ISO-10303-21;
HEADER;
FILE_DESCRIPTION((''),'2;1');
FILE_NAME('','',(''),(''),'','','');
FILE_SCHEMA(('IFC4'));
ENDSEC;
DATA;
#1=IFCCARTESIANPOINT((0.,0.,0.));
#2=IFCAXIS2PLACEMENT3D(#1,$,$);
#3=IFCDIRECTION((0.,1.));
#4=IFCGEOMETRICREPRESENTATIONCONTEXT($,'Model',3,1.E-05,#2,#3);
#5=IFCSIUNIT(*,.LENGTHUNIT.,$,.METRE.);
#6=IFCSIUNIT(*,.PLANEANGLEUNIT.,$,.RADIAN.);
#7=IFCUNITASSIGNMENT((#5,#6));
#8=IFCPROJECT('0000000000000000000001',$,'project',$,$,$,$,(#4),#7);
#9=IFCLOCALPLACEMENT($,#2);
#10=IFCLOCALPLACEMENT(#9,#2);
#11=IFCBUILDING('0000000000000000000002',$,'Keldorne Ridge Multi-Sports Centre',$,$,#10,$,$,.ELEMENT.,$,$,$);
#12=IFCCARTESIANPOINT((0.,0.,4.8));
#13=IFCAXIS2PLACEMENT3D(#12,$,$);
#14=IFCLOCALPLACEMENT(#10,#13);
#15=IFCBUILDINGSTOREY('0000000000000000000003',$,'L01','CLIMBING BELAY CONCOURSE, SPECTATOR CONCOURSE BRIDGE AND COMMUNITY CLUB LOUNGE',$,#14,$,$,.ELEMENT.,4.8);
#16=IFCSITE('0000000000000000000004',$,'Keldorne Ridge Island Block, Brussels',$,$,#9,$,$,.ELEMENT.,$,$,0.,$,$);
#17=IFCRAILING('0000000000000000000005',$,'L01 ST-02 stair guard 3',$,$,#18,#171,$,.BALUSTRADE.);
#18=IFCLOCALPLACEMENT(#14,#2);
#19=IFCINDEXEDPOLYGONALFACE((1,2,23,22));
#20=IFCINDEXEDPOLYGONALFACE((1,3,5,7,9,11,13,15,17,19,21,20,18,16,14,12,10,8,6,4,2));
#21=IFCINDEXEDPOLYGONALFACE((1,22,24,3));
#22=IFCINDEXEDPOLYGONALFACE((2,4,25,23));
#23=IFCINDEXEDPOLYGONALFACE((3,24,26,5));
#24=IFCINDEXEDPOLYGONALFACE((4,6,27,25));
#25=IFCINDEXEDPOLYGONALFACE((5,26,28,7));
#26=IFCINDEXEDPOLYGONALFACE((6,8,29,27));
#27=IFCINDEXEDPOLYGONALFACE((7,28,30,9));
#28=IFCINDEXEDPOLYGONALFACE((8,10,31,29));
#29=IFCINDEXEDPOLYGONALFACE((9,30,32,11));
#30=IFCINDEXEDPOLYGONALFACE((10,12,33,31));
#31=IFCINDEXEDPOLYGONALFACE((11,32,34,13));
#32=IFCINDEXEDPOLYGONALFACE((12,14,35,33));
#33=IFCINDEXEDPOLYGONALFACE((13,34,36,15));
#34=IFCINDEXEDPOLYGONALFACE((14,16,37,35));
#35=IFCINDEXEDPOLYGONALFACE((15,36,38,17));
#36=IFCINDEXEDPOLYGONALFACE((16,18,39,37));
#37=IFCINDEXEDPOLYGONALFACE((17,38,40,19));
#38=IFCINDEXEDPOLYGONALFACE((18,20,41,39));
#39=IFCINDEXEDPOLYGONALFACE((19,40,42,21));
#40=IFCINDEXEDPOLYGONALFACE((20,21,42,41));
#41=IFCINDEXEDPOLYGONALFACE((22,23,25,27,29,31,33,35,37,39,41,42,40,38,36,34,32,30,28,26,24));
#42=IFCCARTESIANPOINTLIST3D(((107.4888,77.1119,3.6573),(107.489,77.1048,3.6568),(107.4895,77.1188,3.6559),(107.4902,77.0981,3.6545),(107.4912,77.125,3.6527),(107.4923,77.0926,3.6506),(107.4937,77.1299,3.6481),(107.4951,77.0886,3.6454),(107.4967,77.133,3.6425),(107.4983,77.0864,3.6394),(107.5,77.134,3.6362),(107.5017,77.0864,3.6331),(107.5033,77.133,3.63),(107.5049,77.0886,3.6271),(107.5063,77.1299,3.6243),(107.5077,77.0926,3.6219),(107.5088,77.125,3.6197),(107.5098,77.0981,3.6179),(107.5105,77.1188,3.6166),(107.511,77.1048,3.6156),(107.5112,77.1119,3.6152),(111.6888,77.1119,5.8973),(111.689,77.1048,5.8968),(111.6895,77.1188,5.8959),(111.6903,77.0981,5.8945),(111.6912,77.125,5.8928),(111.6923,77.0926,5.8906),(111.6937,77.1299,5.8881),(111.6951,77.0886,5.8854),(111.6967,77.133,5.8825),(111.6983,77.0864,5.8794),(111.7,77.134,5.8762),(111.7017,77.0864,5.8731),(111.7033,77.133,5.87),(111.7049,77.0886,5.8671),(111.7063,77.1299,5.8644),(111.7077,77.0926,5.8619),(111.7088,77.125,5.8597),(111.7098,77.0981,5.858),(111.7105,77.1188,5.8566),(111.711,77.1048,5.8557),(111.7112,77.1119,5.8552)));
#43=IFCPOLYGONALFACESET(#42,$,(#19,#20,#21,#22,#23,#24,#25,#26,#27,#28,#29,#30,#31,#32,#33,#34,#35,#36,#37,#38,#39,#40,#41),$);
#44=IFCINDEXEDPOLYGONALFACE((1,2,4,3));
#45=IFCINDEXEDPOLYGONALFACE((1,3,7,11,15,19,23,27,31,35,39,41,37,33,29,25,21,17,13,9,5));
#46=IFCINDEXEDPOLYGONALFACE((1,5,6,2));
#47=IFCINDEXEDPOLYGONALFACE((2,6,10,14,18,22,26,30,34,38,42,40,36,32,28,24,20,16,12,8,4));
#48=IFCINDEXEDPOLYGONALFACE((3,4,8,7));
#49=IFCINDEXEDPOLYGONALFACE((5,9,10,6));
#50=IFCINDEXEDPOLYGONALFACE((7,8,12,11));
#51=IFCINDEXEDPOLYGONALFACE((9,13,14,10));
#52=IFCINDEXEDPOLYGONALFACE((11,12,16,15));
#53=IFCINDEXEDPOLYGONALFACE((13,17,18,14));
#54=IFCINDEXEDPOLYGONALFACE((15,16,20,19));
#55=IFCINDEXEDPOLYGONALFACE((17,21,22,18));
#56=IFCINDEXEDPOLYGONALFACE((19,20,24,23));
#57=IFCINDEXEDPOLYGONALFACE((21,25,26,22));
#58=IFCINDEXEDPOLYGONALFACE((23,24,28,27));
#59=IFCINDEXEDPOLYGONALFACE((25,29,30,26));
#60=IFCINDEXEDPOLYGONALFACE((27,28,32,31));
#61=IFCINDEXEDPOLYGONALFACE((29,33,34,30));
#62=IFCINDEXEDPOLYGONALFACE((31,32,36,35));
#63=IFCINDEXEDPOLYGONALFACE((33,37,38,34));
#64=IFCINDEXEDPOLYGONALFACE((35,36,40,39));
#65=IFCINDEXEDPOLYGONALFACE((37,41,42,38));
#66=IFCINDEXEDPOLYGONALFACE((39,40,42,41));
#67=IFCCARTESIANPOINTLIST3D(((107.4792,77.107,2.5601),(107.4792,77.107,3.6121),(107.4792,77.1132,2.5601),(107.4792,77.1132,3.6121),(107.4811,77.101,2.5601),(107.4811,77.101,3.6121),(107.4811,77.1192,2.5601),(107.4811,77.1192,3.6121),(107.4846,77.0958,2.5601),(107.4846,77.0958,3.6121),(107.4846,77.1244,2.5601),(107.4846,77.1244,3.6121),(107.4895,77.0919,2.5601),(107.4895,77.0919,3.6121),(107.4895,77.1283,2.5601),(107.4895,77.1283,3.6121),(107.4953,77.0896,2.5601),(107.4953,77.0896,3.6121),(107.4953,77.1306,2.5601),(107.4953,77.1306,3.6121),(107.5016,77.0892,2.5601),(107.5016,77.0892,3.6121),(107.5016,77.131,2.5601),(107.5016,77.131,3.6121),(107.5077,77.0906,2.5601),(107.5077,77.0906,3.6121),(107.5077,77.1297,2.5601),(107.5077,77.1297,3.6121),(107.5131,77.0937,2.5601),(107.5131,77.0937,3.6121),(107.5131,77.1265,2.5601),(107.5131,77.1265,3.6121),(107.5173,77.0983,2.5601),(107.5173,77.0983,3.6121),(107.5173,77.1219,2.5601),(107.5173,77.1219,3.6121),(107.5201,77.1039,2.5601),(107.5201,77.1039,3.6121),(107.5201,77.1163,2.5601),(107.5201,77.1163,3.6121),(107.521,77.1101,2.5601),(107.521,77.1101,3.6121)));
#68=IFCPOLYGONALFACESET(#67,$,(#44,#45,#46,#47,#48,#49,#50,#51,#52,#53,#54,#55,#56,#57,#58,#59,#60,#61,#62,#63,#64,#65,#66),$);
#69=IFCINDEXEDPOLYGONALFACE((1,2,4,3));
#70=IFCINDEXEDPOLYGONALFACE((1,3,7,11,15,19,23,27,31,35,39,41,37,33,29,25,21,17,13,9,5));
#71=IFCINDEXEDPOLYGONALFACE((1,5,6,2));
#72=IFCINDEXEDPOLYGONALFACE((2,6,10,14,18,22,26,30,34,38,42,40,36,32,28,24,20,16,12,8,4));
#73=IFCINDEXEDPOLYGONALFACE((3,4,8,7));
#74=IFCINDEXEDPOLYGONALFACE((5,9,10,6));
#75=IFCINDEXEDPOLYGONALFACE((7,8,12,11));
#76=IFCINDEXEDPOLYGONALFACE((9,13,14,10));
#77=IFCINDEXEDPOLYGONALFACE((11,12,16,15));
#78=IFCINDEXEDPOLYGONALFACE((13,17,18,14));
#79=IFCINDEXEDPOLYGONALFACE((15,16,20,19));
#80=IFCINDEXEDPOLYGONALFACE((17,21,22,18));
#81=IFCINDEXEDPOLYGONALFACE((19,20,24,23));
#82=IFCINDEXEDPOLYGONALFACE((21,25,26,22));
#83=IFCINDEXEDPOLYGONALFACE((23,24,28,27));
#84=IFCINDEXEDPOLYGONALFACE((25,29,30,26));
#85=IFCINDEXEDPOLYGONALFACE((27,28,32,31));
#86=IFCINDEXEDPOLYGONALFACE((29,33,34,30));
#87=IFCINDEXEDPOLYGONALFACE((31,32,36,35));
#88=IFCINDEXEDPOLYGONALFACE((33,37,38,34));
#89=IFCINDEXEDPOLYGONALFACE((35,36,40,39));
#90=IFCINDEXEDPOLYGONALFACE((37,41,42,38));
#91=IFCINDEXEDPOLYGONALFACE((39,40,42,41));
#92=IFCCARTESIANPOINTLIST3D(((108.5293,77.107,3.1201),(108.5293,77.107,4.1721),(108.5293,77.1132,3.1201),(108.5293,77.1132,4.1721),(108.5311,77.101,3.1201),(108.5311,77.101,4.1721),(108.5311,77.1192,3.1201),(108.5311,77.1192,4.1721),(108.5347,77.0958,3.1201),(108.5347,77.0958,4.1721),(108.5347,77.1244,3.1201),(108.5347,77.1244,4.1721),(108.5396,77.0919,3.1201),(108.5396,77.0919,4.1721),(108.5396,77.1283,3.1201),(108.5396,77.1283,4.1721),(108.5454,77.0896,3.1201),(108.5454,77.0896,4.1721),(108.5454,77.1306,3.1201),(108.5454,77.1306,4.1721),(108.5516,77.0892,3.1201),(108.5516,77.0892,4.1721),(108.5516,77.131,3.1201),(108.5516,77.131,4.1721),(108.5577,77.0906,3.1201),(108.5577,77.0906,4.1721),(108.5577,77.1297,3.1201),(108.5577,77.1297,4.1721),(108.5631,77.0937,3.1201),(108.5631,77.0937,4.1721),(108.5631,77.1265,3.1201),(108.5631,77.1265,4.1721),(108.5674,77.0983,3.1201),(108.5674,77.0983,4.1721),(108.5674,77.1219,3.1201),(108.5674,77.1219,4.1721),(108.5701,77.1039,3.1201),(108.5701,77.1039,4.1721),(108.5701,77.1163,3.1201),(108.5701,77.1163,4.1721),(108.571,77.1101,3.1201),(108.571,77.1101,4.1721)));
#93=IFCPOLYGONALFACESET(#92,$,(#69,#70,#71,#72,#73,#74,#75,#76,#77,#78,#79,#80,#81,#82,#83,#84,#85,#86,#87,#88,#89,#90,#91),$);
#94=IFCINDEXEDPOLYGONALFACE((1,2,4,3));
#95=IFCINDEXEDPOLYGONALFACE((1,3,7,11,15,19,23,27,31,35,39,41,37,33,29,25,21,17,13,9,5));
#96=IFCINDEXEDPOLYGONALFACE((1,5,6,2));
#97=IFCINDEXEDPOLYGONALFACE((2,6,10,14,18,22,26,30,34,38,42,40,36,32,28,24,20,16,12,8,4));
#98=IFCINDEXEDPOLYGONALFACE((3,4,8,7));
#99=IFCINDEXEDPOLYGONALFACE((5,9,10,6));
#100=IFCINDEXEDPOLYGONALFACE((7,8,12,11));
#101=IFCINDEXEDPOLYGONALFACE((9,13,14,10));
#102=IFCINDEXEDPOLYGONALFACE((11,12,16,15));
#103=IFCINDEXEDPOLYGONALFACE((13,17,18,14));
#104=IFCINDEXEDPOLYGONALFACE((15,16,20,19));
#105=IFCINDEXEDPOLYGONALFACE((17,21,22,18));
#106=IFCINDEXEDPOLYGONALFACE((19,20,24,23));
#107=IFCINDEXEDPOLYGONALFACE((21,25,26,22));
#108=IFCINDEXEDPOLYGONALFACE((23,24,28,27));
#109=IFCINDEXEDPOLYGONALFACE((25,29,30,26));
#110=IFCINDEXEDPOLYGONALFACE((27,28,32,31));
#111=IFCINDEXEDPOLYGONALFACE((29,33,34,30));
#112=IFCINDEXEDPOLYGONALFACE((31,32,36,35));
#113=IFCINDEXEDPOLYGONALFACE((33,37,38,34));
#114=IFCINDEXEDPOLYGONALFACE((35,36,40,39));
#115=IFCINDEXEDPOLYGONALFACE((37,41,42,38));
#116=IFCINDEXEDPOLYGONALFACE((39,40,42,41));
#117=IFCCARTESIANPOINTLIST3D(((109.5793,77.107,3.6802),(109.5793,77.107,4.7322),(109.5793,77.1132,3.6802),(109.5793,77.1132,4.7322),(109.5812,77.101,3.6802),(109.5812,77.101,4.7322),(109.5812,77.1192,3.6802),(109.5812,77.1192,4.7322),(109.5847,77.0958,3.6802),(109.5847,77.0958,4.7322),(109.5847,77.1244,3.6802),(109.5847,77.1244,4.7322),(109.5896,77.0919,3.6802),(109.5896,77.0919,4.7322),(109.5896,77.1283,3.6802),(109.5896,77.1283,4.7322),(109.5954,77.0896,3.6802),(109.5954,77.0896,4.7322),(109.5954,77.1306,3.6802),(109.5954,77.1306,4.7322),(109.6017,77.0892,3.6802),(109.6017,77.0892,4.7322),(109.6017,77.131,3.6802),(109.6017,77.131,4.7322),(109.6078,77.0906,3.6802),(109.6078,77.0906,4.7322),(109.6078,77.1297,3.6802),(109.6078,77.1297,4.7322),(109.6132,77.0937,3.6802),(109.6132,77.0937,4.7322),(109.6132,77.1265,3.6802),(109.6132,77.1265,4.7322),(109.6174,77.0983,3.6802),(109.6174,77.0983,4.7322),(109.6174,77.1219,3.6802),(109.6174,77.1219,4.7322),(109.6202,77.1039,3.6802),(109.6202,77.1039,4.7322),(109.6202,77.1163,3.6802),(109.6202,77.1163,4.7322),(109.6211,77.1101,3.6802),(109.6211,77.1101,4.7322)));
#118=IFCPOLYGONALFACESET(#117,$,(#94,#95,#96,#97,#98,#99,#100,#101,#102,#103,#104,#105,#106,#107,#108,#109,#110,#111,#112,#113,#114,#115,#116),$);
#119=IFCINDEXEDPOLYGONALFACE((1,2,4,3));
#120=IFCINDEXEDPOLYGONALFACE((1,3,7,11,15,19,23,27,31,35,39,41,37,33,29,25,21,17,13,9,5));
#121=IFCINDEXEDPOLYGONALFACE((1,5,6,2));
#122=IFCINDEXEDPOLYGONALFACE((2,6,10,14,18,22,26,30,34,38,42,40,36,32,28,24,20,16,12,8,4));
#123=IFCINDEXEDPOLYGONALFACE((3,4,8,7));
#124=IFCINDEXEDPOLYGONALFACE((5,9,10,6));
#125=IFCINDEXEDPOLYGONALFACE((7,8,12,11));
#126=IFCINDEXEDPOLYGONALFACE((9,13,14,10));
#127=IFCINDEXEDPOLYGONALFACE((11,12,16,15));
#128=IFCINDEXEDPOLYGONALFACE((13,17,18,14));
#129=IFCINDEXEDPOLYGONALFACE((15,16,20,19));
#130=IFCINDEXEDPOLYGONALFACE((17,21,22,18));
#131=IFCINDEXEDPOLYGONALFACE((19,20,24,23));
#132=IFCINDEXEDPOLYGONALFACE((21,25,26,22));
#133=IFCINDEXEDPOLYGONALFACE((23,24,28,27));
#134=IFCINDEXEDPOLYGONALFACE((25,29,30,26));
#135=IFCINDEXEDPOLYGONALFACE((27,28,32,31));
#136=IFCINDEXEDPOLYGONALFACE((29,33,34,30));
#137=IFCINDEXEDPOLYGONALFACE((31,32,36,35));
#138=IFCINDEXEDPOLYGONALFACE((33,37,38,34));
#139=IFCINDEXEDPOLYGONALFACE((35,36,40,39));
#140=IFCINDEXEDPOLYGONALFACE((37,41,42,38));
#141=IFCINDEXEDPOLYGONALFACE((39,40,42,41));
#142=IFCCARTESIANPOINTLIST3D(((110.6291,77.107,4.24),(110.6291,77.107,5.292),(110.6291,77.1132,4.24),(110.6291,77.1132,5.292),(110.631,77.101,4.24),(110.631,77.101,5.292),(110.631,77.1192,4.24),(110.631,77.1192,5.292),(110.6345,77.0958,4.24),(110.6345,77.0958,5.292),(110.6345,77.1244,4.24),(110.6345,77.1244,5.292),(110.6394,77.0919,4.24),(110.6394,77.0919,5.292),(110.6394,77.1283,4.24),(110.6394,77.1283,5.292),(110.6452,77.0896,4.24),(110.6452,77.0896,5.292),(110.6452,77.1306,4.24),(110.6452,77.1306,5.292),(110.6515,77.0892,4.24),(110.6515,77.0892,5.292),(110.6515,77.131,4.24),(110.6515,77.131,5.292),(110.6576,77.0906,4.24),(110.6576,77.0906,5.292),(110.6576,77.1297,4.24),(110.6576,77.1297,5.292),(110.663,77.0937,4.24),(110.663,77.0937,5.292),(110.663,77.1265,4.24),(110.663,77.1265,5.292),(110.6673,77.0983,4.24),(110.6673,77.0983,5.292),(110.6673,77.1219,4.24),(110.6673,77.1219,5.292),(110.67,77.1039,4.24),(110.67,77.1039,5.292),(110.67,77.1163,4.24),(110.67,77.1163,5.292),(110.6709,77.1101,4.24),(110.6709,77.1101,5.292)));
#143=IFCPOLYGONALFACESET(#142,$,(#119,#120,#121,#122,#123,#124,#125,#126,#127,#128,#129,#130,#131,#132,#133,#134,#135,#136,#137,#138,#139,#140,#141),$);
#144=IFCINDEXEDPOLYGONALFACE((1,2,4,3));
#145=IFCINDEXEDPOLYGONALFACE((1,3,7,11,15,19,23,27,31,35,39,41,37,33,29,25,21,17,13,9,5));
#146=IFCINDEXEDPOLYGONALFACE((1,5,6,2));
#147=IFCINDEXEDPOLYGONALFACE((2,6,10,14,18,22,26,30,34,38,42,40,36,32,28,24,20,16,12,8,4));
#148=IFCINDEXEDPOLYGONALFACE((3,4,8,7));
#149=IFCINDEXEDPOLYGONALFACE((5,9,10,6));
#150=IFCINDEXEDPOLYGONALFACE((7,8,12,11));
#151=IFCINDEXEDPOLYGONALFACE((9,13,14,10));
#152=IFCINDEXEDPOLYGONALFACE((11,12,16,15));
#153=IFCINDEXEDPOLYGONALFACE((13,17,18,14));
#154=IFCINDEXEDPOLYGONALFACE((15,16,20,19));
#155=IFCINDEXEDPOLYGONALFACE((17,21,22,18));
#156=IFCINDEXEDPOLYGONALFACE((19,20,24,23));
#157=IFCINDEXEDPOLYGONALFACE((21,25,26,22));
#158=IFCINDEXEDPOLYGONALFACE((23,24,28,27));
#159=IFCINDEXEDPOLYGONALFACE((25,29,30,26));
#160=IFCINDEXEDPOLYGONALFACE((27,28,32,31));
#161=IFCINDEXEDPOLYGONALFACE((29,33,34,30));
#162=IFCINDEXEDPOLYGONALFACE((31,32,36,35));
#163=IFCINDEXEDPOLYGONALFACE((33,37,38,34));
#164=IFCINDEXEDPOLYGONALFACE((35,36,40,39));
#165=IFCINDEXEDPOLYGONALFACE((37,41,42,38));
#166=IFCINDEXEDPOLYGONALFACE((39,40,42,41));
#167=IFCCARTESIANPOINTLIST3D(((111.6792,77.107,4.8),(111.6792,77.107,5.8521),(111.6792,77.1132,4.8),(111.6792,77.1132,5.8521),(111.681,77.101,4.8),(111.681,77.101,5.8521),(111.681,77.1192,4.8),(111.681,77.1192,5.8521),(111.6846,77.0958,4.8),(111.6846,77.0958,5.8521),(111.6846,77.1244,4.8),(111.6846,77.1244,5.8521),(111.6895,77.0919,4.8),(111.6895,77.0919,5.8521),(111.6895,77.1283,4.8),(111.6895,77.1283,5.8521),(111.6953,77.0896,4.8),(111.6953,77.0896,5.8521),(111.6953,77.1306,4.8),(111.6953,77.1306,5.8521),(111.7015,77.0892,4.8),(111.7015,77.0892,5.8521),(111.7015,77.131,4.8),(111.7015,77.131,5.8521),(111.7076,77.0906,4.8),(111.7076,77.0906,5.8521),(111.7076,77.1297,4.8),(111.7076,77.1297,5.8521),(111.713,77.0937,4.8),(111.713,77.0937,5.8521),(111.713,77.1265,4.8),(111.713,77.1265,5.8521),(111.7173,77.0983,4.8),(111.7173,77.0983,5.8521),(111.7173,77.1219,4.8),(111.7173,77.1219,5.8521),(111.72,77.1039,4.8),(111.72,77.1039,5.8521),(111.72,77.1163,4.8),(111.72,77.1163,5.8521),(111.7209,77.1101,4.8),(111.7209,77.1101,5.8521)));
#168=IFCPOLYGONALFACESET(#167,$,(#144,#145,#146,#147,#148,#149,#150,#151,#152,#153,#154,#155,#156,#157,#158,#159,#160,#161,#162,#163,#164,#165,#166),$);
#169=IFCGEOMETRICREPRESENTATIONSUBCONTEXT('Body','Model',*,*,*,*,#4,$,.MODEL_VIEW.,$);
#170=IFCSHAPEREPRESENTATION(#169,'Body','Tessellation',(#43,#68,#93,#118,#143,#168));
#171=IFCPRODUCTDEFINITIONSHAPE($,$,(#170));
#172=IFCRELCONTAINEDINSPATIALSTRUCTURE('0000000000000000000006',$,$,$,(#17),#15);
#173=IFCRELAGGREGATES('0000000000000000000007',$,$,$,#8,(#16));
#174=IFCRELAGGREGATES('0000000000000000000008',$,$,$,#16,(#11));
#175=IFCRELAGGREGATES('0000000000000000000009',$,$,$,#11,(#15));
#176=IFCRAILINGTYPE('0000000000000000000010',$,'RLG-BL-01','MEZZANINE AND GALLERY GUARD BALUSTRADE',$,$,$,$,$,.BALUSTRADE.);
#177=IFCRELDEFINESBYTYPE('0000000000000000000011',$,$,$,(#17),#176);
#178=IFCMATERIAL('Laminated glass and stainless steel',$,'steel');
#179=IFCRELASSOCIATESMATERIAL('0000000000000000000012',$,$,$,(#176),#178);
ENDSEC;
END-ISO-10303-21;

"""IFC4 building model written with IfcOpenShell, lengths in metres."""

from ifc_helpers import new_model, si_unit, direction, frame, origin, origin_2d, place, context, subcontext, project, spatial, circle, extrude, material, type_object, element, save


model = new_model("IFC4")

# Units and contexts
model_context = context("Model", 3, precision=1e-05, world=origin(), true_north=direction((0.0, 1.0)))
body_context = subcontext(model_context, "Body", "Model", "MODEL_VIEW")
ifc_project = project(units=[si_unit("LENGTHUNIT", "METRE"), si_unit("PLANEANGLEUNIT", "RADIAN")], contexts=[model_context])

# Site, building, storey
site_placement = place(None, origin())
site = spatial("IfcSite", under=ifc_project, at=site_placement, Name="Keldorne Ridge Island Block, Brussels", CompositionType="ELEMENT", RefElevation=0.0)
building_placement = place(site_placement, origin())
building = spatial("IfcBuilding", under=site, at=building_placement, Name="Keldorne Ridge Multi-Sports Centre", CompositionType="ELEMENT")
storey_placement = place(building_placement, frame((0.0, 0.0, 4.8)))
storey = spatial("IfcBuildingStorey", under=building, at=storey_placement, Name="L01", Description="CLIMBING BELAY CONCOURSE, SPECTATOR CONCOURSE BRIDGE AND COMMUNITY CLUB LOUNGE", CompositionType="ELEMENT", Elevation=4.8)

# Railing
ifc_material_1 = material(Name="Laminated glass and stainless steel", Category="steel")
railing_type_1 = type_object("IfcRailingType", Name="RLG-BL-01", Description="MEZZANINE AND GALLERY GUARD BALUSTRADE", PredefinedType="BALUSTRADE", material=ifc_material_1)
railing_1_placement = place(storey_placement, frame((107.5, 77.1101, 2.5601)))
element("IfcRailing", 1, at=railing_1_placement, inside=storey, type_object=railing_type_1, Name="L01 ST-02 stair guard 3", PredefinedType="BALUSTRADE", context=body_context, shape_type="SweptSolid", body=[
    extrude(circle(Radius=0.0239, at=origin_2d()), frame((0.0, 0.0, 1.0762), z_axis=(0.882352, 0.0, 0.470591), x_axis=(0.0, 1.0, 0.0)), (0.0, 0.0, 1.0), 4.76),
    extrude(circle(Radius=0.021, at=origin_2d()), origin(), (0.0, 0.0, 1.0), 1.052),
    extrude(circle(Radius=0.021, at=origin_2d()), frame((1.05, 0.0, 0.5601)), (0.0, 0.0, 1.0), 1.052),
    extrude(circle(Radius=0.021, at=origin_2d()), frame((2.1001, 0.0, 1.1201)), (0.0, 0.0, 1.0), 1.052),
    extrude(circle(Radius=0.021, at=origin_2d()), frame((3.1499, 0.0, 1.6799)), (0.0, 0.0, 1.0), 1.052),
    extrude(circle(Radius=0.021, at=origin_2d()), frame((4.2, 0.0, 2.24)), (0.0, 0.0, 1.0), 1.052),
])

save(model, "model.ifc")
